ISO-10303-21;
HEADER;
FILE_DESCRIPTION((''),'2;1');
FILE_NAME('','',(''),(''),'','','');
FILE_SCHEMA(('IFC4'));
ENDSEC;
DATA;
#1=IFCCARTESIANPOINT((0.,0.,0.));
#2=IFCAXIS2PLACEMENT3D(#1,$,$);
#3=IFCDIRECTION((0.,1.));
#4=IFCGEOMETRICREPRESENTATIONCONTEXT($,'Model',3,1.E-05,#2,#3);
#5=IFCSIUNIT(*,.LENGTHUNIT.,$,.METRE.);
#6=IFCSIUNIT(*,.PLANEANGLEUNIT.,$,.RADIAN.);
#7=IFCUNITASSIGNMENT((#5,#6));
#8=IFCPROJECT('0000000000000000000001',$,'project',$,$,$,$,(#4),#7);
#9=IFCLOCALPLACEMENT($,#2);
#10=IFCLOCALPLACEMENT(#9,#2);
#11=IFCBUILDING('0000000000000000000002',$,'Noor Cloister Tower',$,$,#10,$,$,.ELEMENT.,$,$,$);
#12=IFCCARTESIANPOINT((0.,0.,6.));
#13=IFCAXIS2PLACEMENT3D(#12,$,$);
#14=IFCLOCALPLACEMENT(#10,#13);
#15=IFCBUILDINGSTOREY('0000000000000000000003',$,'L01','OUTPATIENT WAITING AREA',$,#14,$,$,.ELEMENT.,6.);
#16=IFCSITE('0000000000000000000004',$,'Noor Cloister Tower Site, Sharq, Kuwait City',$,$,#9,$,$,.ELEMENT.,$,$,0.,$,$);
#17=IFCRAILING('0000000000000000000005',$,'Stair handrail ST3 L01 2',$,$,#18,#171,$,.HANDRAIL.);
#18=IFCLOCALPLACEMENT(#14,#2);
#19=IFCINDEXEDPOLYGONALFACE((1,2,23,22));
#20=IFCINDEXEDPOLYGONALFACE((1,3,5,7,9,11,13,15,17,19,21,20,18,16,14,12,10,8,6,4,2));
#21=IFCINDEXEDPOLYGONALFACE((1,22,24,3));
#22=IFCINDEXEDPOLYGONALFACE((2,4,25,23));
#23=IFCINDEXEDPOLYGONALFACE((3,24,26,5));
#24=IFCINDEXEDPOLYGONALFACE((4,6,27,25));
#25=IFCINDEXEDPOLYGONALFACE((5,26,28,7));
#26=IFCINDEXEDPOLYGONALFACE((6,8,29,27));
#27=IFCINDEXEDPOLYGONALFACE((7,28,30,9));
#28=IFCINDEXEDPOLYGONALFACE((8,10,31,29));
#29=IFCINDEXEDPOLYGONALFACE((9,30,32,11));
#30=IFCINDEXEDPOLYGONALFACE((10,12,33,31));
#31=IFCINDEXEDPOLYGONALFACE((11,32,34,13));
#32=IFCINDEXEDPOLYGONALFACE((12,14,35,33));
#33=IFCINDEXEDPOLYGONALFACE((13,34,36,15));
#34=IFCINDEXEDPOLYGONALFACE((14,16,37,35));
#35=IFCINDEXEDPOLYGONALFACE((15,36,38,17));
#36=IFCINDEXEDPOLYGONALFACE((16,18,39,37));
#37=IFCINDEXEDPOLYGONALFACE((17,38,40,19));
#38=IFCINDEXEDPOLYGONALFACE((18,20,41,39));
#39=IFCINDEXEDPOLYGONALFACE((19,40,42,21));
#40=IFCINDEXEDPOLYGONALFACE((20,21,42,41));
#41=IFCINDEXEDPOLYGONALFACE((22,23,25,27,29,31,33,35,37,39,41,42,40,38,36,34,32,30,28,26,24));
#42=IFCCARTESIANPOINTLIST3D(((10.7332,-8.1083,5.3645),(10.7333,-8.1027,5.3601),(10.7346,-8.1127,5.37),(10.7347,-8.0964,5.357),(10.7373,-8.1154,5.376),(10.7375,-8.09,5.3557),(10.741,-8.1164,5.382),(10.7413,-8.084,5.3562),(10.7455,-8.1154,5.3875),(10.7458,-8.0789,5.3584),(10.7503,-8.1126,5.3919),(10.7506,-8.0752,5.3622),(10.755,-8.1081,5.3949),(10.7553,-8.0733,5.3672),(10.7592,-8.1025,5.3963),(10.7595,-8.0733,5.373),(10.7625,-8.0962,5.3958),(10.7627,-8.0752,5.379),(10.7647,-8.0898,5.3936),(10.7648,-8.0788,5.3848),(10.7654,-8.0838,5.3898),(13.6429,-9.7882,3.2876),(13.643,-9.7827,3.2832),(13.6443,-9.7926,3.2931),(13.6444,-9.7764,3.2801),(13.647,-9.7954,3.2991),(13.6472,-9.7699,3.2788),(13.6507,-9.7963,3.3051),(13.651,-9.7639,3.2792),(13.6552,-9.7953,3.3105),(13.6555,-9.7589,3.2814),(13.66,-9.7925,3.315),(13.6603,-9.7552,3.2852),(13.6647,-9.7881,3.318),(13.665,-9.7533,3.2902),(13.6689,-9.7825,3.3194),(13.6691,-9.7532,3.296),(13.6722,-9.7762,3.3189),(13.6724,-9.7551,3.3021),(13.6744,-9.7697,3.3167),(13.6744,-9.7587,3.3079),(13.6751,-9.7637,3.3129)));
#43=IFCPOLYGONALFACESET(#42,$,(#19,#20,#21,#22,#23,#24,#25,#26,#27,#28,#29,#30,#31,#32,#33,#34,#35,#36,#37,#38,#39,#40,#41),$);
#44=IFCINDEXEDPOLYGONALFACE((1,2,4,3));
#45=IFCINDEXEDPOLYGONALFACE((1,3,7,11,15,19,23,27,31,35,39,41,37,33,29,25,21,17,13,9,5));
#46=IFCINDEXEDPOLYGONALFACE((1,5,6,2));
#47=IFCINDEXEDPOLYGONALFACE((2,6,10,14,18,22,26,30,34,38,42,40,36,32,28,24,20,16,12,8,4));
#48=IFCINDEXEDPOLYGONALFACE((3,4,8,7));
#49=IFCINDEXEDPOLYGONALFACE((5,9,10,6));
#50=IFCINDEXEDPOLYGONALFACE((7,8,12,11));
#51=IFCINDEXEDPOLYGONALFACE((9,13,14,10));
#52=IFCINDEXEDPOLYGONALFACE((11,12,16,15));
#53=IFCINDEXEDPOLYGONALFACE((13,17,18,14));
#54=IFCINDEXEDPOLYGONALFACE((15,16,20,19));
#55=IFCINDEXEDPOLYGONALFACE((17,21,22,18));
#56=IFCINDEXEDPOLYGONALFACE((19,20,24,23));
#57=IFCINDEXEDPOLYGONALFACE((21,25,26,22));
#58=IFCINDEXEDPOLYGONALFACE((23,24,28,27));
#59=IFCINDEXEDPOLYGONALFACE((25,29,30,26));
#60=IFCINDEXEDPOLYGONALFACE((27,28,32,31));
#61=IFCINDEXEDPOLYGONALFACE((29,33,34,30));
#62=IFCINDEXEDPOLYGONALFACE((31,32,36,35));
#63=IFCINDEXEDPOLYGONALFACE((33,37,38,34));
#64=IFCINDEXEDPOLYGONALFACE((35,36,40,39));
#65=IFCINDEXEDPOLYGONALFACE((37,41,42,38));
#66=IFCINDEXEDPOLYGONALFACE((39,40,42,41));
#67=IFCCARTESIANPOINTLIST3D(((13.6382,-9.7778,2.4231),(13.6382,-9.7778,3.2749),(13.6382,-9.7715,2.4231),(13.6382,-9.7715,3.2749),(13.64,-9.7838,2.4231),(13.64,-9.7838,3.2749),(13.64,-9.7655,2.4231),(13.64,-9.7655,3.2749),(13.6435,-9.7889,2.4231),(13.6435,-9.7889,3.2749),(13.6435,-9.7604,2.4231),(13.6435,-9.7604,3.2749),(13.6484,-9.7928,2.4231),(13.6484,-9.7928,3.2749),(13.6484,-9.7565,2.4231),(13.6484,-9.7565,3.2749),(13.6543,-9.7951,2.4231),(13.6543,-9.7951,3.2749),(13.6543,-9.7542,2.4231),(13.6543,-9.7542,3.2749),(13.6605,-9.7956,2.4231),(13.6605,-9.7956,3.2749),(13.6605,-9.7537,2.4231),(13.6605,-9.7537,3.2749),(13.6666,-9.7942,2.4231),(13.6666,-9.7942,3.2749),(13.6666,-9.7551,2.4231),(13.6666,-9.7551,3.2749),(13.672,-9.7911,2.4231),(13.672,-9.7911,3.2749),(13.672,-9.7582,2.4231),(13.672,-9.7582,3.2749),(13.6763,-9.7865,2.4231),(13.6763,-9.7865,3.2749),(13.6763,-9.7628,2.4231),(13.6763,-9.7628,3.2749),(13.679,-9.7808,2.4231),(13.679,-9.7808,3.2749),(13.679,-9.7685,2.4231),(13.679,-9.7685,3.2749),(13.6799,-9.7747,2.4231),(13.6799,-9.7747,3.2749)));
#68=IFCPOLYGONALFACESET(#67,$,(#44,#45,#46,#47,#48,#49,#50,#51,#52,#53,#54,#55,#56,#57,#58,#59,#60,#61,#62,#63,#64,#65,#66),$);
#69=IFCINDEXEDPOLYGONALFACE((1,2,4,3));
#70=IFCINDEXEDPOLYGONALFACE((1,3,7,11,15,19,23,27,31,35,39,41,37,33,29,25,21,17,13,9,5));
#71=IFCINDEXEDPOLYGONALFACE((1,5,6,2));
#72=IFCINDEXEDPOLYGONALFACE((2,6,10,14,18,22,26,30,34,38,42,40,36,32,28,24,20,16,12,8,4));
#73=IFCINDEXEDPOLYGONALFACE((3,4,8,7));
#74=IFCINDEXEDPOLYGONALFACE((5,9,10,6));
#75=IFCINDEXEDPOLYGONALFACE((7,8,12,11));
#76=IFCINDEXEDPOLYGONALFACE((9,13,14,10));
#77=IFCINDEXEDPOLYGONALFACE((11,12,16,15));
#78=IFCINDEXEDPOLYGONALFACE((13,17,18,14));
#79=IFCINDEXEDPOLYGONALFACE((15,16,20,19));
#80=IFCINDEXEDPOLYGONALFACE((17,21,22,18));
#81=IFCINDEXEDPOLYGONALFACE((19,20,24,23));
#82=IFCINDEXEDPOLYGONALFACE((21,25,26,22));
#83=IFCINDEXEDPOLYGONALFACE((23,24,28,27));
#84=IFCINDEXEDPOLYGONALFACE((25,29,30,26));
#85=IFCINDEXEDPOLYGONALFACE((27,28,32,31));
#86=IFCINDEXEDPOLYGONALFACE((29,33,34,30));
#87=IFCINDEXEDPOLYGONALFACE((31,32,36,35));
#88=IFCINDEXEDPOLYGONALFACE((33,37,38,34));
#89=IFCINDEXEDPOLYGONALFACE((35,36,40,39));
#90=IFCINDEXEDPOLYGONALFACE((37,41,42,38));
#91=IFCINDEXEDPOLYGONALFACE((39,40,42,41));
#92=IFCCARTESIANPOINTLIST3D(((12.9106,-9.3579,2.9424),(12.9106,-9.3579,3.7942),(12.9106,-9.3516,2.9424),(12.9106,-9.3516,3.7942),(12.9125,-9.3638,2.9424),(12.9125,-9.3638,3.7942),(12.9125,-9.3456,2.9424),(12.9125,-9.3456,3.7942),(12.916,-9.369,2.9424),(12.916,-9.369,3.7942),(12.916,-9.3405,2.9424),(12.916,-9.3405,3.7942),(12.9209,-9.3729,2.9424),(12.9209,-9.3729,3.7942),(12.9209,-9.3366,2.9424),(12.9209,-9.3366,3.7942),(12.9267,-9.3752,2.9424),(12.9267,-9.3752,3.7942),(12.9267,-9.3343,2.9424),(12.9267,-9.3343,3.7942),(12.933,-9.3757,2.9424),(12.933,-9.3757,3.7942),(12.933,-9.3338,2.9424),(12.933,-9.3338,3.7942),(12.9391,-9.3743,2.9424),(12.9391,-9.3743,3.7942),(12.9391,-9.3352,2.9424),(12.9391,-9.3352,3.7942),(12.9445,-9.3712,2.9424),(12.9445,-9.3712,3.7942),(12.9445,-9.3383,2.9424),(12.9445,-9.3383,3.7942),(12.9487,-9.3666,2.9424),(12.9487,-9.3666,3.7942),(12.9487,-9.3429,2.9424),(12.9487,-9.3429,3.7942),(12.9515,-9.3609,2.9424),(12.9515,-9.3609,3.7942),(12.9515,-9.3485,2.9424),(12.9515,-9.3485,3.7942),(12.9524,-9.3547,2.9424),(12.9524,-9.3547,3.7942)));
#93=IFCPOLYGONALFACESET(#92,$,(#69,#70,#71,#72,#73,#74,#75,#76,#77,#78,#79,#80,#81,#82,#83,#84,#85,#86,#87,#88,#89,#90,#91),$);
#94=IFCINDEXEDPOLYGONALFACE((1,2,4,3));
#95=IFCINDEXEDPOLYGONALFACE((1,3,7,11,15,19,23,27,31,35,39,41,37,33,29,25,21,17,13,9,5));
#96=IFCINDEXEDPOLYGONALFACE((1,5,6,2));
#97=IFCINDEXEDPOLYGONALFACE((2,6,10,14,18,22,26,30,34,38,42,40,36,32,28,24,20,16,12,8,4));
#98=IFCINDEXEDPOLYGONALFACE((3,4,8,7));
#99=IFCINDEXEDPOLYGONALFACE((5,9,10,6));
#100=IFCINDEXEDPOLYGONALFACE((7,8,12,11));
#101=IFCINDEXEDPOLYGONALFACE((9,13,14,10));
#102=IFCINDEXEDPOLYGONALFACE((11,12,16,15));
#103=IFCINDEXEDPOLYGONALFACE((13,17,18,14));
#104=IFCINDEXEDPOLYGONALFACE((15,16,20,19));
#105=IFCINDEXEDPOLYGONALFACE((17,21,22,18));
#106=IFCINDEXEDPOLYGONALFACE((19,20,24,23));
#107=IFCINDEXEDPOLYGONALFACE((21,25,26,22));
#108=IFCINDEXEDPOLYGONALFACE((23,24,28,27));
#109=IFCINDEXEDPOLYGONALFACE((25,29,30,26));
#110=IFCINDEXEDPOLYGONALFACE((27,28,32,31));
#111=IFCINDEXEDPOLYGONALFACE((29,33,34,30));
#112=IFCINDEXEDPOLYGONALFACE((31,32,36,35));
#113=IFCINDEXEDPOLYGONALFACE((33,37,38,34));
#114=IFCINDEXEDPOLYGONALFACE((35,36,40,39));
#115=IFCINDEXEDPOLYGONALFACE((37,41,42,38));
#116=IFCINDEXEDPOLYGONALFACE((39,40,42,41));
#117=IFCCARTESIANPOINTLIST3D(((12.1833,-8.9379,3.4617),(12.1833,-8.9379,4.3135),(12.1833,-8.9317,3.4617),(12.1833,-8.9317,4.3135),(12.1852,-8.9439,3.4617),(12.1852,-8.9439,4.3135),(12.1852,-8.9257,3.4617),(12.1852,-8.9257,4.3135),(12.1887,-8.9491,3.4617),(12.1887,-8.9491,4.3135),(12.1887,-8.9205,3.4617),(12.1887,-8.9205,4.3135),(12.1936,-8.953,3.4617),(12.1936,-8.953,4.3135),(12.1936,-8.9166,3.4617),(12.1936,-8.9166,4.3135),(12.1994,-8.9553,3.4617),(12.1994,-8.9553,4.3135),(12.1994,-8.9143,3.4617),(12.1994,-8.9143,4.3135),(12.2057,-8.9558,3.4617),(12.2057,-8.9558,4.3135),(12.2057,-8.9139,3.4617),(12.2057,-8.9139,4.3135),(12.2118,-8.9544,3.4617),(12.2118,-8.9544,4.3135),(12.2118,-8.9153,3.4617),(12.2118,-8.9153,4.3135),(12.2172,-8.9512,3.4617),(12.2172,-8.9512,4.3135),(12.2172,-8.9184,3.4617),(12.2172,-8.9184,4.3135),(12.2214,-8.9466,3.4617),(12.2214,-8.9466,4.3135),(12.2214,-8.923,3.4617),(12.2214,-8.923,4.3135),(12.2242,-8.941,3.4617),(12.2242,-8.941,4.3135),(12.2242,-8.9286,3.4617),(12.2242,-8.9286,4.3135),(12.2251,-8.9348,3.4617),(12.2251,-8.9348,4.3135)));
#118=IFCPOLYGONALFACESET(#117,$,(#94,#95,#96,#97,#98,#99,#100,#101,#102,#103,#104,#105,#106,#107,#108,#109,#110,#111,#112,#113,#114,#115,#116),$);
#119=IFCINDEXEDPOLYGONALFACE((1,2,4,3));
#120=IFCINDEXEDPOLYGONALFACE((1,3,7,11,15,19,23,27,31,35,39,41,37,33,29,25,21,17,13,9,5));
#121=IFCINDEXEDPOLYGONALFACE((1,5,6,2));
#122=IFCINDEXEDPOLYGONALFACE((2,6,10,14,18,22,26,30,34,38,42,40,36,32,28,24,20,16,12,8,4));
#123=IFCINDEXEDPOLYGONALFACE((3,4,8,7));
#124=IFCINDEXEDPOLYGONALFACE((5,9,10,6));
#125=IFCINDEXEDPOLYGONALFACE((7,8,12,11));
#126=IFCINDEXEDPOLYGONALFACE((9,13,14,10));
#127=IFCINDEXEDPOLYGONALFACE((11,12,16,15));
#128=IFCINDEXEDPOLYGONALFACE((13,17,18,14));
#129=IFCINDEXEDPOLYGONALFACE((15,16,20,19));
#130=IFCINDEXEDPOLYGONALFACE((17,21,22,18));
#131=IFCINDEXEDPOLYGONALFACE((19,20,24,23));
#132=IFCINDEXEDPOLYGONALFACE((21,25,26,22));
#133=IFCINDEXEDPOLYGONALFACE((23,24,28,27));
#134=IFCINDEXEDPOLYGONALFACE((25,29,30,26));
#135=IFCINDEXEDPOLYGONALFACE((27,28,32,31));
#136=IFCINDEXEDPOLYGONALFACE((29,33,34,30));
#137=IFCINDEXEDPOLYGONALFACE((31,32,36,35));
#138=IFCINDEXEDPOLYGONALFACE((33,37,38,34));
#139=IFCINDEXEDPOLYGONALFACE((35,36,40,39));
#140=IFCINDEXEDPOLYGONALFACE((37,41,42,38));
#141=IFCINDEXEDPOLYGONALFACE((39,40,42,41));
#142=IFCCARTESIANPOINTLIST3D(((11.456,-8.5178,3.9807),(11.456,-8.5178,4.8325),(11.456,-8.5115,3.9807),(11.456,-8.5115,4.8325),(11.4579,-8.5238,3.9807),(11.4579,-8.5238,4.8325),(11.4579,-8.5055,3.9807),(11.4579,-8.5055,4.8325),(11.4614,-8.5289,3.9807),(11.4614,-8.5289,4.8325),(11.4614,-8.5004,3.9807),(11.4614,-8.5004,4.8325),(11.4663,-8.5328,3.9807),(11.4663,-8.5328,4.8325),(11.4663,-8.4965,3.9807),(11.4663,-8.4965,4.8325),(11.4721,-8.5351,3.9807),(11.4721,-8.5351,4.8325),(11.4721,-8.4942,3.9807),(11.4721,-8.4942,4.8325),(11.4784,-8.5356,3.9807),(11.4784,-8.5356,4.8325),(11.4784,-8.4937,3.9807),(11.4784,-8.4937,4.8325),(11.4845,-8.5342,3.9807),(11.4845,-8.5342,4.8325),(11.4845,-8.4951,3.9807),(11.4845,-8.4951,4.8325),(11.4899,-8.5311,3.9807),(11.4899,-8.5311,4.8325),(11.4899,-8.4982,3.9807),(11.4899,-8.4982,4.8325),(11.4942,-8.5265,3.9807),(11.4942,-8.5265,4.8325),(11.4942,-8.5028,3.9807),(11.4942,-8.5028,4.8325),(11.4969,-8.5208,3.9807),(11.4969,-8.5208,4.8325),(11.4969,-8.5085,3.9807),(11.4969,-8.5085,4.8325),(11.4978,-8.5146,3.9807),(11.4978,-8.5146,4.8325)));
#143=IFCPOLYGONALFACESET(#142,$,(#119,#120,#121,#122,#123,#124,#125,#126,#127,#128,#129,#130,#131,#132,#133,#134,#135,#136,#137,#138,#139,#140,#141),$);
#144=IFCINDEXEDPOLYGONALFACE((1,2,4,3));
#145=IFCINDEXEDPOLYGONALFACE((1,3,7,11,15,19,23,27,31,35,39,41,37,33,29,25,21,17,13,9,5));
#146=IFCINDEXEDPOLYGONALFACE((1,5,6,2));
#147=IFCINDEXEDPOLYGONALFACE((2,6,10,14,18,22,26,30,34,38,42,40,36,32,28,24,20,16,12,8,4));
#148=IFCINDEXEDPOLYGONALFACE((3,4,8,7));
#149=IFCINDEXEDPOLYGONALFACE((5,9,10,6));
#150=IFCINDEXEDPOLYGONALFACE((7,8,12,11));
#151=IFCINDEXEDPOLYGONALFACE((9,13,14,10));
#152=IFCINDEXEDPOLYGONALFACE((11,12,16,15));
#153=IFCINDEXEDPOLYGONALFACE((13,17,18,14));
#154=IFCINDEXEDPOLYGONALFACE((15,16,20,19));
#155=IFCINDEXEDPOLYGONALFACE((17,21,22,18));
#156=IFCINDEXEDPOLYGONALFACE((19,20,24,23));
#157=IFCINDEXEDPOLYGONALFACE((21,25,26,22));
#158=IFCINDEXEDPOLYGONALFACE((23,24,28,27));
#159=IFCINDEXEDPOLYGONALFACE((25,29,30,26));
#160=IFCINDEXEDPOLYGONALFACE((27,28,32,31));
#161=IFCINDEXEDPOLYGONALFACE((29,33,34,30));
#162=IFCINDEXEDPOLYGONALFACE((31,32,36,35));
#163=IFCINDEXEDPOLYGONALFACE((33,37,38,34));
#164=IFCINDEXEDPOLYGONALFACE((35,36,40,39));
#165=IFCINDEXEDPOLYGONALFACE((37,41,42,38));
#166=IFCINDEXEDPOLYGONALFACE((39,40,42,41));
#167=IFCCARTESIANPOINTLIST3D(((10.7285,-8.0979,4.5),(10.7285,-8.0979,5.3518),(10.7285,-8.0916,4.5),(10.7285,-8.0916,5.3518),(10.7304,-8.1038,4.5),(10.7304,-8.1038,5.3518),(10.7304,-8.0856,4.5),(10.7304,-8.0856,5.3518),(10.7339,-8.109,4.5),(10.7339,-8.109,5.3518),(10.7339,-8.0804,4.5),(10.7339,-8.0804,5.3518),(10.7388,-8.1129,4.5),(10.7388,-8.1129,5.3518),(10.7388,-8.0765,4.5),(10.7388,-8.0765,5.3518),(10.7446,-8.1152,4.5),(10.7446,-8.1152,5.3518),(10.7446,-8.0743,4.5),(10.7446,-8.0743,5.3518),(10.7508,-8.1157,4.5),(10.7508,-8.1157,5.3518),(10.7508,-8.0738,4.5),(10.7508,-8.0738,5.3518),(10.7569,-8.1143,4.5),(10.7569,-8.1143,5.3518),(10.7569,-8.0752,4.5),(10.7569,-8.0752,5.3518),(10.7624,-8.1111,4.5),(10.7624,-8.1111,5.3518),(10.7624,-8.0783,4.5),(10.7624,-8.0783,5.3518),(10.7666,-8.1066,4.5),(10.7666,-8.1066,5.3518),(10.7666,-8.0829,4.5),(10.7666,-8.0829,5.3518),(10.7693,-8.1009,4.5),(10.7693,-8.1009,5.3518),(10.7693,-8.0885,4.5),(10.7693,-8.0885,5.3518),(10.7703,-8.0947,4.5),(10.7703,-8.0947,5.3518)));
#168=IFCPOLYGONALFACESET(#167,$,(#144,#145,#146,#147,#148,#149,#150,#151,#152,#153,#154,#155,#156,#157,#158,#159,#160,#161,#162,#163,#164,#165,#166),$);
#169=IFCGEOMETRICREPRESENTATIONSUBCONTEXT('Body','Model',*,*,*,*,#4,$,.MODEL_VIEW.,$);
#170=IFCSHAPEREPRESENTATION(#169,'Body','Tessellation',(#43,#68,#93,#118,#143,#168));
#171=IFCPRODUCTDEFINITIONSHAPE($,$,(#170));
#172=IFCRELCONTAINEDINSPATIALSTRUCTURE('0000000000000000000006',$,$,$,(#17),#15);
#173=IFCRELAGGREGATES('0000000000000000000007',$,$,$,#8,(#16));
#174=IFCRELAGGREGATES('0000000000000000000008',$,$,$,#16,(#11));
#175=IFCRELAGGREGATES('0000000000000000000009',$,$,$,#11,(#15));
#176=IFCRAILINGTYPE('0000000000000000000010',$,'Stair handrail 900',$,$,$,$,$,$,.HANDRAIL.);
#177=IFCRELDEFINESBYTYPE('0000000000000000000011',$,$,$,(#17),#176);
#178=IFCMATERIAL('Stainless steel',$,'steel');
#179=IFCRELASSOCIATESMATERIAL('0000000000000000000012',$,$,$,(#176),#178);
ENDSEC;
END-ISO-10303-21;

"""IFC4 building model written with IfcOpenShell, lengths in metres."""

from ifc_helpers import new_model, si_unit, direction, frame, origin, origin_2d, place, context, subcontext, project, spatial, circle, extrude, material, type_object, element, save


model = new_model("IFC4")

# Units and contexts
model_context = context("Model", 3, precision=1e-05, world=origin(), true_north=direction((0.0, 1.0)))
body_context = subcontext(model_context, "Body", "Model", "MODEL_VIEW")
ifc_project = project(units=[si_unit("LENGTHUNIT", "METRE"), si_unit("PLANEANGLEUNIT", "RADIAN")], contexts=[model_context])

# Site, building, storey
site_placement = place(None, origin())
site = spatial("IfcSite", under=ifc_project, at=site_placement, Name="Noor Cloister Tower Site, Sharq, Kuwait City", CompositionType="ELEMENT", RefElevation=0.0)
building_placement = place(site_placement, origin())
building = spatial("IfcBuilding", under=site, at=building_placement, Name="Noor Cloister Tower", CompositionType="ELEMENT")
storey_placement = place(building_placement, frame((0.0, 0.0, 6.0)))
storey = spatial("IfcBuildingStorey", under=building, at=storey_placement, Name="L01", Description="OUTPATIENT WAITING AREA", CompositionType="ELEMENT", Elevation=6.0)

# Railing
ifc_material_1 = material(Name="Stainless steel", Category="steel")
railing_type = type_object("IfcRailingType", Name="Stair handrail 900", PredefinedType="HANDRAIL", material=ifc_material_1)
railing_placement = place(storey_placement, frame((13.6589, -9.7747, 2.4231)))
element("IfcRailing", 1, at=railing_placement, inside=storey, type_object=railing_type, Name="Stair handrail ST3 L01 2", PredefinedType="HANDRAIL", context=body_context, shape_type="SweptSolid", body=[
    extrude(circle(Radius=0.0239, at=origin_2d()), frame((0.0, 0.0, 0.876), z_axis=(-0.73664, 0.425308, 0.525809), x_axis=(-0.500008, -0.866021, 0.0)), (0.0, 0.0, 1.0), 3.95),
    extrude(circle(Radius=0.021, at=origin_2d()), origin(), (0.0, 0.0, 1.0), 0.8518),
    extrude(circle(Radius=0.021, at=origin_2d()), frame((-0.7275, 0.4199, 0.5193)), (0.0, 0.0, 1.0), 0.8518),
    extrude(circle(Radius=0.021, at=origin_2d()), frame((-1.4548, 0.8398, 1.0386)), (0.0, 0.0, 1.0), 0.8518),
    extrude(circle(Radius=0.021, at=origin_2d()), frame((-2.1821, 1.26, 1.5576)), (0.0, 0.0, 1.0), 0.8518),
    extrude(circle(Radius=0.021, at=origin_2d()), frame((-2.9097, 1.6799, 2.0769)), (0.0, 0.0, 1.0), 0.8518),
])

save(model, "model.ifc")
